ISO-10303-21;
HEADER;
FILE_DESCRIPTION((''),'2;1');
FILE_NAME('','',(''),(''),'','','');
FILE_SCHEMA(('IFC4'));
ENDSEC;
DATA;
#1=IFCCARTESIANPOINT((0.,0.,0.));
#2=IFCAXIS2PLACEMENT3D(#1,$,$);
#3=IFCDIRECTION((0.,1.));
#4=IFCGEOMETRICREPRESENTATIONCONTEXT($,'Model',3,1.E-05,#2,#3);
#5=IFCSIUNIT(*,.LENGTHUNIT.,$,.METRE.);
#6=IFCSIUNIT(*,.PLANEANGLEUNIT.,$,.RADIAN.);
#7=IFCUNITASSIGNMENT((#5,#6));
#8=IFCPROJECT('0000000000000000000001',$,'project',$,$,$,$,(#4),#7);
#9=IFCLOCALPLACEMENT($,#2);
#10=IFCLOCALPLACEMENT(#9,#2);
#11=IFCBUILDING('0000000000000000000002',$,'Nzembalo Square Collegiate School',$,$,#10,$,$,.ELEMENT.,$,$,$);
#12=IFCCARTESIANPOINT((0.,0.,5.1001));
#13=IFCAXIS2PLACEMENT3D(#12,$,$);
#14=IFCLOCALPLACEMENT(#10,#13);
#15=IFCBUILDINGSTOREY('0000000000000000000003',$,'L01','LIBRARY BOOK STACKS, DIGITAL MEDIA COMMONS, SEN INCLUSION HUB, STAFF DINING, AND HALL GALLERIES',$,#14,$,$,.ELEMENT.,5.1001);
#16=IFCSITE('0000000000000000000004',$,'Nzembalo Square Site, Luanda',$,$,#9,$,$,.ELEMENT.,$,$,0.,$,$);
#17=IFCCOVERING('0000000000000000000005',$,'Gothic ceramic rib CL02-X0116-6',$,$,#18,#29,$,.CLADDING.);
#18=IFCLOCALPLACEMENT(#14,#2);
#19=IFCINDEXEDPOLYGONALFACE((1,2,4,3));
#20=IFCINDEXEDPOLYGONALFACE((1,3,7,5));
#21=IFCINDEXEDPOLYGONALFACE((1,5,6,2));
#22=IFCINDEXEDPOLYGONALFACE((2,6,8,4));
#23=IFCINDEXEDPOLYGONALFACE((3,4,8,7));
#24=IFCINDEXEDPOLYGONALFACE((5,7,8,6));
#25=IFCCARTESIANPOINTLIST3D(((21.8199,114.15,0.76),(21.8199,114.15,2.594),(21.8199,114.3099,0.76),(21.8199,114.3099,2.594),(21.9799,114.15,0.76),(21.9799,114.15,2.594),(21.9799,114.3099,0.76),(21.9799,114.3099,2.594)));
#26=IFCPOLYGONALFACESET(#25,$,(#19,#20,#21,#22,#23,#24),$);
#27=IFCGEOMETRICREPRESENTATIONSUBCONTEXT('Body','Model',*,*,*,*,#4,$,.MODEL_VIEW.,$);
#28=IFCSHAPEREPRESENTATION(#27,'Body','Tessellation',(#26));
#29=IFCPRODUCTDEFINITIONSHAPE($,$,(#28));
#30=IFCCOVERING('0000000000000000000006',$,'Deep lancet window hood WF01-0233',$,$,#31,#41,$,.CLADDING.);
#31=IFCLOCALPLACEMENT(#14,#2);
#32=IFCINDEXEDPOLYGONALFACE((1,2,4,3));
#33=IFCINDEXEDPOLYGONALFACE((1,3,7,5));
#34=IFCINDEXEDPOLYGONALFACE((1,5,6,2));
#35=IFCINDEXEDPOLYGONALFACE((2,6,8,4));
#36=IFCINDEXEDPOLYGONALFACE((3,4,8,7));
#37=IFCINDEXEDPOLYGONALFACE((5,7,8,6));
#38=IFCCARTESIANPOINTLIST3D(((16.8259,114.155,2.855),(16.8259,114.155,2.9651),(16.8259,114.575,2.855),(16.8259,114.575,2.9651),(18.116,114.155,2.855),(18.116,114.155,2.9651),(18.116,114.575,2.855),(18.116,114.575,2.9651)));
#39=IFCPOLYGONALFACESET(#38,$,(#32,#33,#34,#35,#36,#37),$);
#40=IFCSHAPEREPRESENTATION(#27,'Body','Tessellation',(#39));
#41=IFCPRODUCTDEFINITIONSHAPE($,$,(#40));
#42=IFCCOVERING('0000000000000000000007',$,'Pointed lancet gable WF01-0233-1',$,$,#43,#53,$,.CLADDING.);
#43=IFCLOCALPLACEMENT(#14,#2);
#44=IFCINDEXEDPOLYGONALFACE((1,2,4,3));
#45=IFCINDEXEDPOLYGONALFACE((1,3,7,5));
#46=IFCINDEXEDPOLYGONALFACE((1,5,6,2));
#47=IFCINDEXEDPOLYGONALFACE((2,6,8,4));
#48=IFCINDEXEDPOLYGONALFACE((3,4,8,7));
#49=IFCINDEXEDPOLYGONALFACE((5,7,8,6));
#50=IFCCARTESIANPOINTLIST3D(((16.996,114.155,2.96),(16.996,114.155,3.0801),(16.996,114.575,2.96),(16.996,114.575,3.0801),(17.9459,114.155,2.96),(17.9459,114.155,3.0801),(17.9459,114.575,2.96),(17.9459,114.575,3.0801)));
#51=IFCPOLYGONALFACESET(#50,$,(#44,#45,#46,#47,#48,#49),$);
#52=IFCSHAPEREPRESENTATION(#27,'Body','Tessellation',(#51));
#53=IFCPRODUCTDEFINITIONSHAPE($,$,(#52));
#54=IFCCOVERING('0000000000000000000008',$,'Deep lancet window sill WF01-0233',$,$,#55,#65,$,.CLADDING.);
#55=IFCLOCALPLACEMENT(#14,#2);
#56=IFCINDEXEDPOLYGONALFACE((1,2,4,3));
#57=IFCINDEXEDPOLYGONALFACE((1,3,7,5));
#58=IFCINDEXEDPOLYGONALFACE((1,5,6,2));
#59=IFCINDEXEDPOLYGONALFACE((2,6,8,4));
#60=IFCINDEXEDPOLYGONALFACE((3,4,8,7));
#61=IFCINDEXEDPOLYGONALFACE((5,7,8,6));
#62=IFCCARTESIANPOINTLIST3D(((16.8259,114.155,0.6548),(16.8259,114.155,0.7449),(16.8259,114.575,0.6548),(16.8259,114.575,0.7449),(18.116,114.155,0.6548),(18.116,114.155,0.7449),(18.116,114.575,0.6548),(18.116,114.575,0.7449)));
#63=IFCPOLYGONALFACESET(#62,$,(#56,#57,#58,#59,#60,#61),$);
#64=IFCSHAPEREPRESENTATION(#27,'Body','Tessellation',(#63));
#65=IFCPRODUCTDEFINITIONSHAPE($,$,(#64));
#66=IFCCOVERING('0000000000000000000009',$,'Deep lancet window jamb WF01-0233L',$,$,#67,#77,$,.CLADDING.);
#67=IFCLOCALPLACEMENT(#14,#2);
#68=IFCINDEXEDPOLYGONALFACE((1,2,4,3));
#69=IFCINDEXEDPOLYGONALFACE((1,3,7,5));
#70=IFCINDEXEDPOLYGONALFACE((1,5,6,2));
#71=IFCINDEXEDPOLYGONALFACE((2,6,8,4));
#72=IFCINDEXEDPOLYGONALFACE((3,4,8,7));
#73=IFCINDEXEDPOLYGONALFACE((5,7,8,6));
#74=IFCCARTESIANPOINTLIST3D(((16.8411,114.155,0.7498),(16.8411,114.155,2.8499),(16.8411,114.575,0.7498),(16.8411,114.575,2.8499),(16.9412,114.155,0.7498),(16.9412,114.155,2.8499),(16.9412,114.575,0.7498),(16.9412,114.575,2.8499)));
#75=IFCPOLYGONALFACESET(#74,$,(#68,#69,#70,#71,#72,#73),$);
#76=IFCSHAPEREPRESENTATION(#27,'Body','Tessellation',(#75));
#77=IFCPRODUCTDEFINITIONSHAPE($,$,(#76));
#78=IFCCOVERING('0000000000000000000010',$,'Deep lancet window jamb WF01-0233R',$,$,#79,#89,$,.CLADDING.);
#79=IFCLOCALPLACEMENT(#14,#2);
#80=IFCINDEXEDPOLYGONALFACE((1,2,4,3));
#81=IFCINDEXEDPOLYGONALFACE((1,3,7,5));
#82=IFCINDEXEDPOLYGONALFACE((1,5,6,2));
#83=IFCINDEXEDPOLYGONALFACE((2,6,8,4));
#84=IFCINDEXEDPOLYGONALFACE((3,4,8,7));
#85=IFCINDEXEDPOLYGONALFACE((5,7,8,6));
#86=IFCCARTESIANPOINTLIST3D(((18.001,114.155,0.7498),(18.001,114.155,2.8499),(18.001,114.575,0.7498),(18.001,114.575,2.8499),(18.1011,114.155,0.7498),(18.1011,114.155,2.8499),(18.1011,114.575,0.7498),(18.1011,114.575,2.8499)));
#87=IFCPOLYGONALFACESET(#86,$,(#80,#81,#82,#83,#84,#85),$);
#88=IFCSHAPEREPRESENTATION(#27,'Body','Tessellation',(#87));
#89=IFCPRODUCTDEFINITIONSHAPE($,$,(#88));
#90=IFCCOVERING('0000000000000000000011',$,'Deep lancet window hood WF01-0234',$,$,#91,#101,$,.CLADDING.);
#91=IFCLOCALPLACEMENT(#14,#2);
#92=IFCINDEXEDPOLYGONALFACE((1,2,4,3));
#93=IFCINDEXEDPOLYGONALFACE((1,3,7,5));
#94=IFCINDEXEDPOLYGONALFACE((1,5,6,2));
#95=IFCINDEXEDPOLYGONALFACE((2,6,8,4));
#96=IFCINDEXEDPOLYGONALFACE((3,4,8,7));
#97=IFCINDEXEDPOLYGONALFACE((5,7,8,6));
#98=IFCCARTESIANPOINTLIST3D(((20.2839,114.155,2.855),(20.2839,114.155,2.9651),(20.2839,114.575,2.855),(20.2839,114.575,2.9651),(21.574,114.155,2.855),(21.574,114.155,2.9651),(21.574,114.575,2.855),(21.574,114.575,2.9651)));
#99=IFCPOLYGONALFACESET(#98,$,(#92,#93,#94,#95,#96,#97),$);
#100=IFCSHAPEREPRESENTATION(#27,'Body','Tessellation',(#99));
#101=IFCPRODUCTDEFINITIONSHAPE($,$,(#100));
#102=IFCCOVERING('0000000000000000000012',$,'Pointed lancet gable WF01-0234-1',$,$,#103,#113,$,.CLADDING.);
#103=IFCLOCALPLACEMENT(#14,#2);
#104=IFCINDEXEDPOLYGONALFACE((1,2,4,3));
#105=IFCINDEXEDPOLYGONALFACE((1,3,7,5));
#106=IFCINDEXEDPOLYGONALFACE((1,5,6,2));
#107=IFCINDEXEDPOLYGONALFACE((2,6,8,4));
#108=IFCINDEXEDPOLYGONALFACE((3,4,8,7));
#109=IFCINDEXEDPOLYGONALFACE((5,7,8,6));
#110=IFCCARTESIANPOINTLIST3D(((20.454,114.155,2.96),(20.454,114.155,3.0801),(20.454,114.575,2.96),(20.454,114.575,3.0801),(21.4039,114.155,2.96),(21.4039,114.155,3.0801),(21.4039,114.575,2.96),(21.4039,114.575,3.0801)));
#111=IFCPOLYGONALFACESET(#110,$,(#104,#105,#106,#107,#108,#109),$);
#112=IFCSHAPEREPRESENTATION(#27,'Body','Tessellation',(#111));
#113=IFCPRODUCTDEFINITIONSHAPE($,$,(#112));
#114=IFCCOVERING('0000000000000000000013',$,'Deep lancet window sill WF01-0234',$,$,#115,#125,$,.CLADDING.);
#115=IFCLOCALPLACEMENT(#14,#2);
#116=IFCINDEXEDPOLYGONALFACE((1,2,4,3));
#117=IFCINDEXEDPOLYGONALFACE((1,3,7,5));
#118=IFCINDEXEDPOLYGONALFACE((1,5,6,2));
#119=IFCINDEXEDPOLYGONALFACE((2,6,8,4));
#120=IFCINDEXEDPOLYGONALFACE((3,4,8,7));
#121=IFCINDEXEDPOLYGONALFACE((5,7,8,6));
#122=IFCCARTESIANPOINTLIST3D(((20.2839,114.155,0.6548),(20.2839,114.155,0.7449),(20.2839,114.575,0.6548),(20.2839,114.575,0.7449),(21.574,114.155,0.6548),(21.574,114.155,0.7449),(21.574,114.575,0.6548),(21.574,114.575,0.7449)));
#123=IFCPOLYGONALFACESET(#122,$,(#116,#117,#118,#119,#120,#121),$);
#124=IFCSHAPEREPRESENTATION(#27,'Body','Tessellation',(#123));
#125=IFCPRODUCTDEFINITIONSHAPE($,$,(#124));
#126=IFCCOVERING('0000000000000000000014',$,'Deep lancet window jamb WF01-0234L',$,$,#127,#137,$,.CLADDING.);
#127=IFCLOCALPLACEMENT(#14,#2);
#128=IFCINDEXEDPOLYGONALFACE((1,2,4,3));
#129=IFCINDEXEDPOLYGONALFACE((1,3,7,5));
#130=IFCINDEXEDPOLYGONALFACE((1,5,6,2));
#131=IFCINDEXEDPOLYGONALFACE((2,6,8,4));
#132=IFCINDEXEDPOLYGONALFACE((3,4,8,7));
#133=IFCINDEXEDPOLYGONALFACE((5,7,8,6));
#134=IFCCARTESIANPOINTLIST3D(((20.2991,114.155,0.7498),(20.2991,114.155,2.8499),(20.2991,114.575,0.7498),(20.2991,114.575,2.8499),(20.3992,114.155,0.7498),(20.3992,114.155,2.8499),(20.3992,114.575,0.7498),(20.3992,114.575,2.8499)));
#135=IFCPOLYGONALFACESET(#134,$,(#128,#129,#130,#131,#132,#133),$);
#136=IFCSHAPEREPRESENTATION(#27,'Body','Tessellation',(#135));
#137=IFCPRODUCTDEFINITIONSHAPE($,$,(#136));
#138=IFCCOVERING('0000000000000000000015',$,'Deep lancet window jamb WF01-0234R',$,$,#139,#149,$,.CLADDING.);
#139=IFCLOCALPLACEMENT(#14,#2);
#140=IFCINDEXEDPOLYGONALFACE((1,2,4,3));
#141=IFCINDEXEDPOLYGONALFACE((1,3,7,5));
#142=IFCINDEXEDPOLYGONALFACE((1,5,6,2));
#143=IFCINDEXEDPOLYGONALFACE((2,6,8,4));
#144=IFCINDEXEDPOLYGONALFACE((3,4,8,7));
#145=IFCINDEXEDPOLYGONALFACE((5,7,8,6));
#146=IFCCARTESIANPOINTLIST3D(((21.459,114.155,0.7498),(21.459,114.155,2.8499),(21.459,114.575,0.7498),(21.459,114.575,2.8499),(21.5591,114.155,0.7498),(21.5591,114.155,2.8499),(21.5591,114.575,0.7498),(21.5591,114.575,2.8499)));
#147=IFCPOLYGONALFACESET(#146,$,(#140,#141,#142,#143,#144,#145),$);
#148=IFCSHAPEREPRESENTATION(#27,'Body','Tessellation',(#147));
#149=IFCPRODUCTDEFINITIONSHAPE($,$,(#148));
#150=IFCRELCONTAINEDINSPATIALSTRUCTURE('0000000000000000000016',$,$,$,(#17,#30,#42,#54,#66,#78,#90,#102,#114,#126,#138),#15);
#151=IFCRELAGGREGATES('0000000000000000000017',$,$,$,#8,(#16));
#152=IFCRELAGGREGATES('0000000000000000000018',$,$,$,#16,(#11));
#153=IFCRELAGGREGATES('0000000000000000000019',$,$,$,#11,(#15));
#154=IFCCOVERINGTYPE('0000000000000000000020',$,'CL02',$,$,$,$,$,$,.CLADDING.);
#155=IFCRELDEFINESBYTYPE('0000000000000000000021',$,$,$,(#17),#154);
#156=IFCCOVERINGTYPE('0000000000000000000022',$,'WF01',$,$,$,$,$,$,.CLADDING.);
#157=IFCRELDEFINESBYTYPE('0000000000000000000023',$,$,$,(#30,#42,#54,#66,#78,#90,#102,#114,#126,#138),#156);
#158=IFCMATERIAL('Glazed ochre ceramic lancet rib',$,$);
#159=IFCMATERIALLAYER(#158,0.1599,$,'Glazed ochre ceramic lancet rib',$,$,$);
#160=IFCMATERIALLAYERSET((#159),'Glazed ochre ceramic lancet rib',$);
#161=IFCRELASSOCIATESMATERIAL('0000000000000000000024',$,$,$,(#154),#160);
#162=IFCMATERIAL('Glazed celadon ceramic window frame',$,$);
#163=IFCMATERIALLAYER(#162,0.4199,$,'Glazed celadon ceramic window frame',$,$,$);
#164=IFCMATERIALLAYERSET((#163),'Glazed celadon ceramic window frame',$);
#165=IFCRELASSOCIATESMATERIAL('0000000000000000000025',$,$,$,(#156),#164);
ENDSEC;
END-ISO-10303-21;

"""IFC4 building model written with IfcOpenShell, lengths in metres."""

from ifc_helpers import new_model, si_unit, direction, frame, origin, origin_2d, place, context, subcontext, project, spatial, rectangle, extrude, material, layer, layer_set, type_object, element, save


model = new_model("IFC4")

# Units and contexts
model_context = context("Model", 3, precision=1e-05, world=origin(), true_north=direction((0.0, 1.0)))
body_context = subcontext(model_context, "Body", "Model", "MODEL_VIEW")
ifc_project = project(units=[si_unit("LENGTHUNIT", "METRE"), si_unit("PLANEANGLEUNIT", "RADIAN")], contexts=[model_context])

# Site, building, storey
site_placement = place(None, origin())
site = spatial("IfcSite", under=ifc_project, at=site_placement, Name="Nzembalo Square Site, Luanda", CompositionType="ELEMENT", RefElevation=0.0)
building_placement = place(site_placement, origin())
building = spatial("IfcBuilding", under=site, at=building_placement, Name="Nzembalo Square Collegiate School", CompositionType="ELEMENT")
storey_placement = place(building_placement, frame((0.0, 0.0, 5.1001)))
storey = spatial("IfcBuildingStorey", under=building, at=storey_placement, Name="L01", Description="LIBRARY BOOK STACKS, DIGITAL MEDIA COMMONS, SEN INCLUSION HUB, STAFF DINING, AND HALL GALLERIES", CompositionType="ELEMENT", Elevation=5.1001)

# Coverings
ifc_material_1 = material(Name="Glazed ochre ceramic lancet rib")
ifc_layer_1 = layer(ifc_material_1, 0.1599, Name="Glazed ochre ceramic lancet rib")
ifc_layer_set_1 = layer_set([ifc_layer_1], Name="Glazed ochre ceramic lancet rib")
covering_type_1 = type_object("IfcCoveringType", Name="CL02", PredefinedType="CLADDING", material=ifc_layer_set_1)
for number, where, z_axis, x_axis, name in (
    (1, (21.8999, 114.23, 0.76), (0.0, 0.0, 1.0), (1.0, 0.0, 0.0), "Gothic ceramic rib CL02-X0116-6"),
):
    element("IfcCovering", number, at=place(storey_placement, frame(where, z_axis=z_axis, x_axis=x_axis)), inside=storey, type_object=covering_type_1, Name=name, PredefinedType="CLADDING", context=body_context, shape_type="SweptSolid", body=[
        extrude(rectangle(XDim=0.1599, YDim=0.1599, at=origin_2d()), origin(), (0.0, 0.0, 1.0), 1.834),
    ])
ifc_material_2 = material(Name="Glazed celadon ceramic window frame")
ifc_layer_2 = layer(ifc_material_2, 0.4199, Name="Glazed celadon ceramic window frame")
ifc_layer_set_2 = layer_set([ifc_layer_2], Name="Glazed celadon ceramic window frame")
covering_type_2 = type_object("IfcCoveringType", Name="WF01", PredefinedType="CLADDING", material=ifc_layer_set_2)
covering_1_placement = place(storey_placement, frame((17.4709, 114.365, 2.855), z_axis=(0.0, 0.0, 1.0), x_axis=(1.0, 0.0, 0.0)))
element("IfcCovering", 2, at=covering_1_placement, inside=storey, type_object=covering_type_2, Name="Deep lancet window hood WF01-0233", PredefinedType="CLADDING", context=body_context, shape_type="SweptSolid", body=[
    extrude(rectangle(XDim=1.29, YDim=0.4199, at=origin_2d()), origin(), (0.0, 0.0, 1.0), 0.1101),
])
covering_2_placement = place(storey_placement, frame((17.4709, 114.365, 2.96), z_axis=(0.0, 0.0, 1.0), x_axis=(1.0, 0.0, 0.0)))
element("IfcCovering", 3, at=covering_2_placement, inside=storey, type_object=covering_type_2, Name="Pointed lancet gable WF01-0233-1", PredefinedType="CLADDING", context=body_context, shape_type="SweptSolid", body=[
    extrude(rectangle(XDim=0.95, YDim=0.4199, at=origin_2d()), origin(), (0.0, 0.0, 1.0), 0.1201),
])
covering_3_placement = place(storey_placement, frame((17.4709, 114.365, 0.6548), z_axis=(0.0, 0.0, 1.0), x_axis=(1.0, 0.0, 0.0)))
element("IfcCovering", 4, at=covering_3_placement, inside=storey, type_object=covering_type_2, Name="Deep lancet window sill WF01-0233", PredefinedType="CLADDING", context=body_context, shape_type="SweptSolid", body=[
    extrude(rectangle(XDim=1.29, YDim=0.4199, at=origin_2d()), origin(), (0.0, 0.0, 1.0), 0.0901),
])
for number, where, z_axis, x_axis, name in (
    (5, (16.8911, 114.365, 0.7498), (0.0, 0.0, 1.0), (1.0, 0.0, 0.0), "Deep lancet window jamb WF01-0233L"),
    (6, (18.051, 114.365, 0.7498), (0.0, 0.0, 1.0), (1.0, 0.0, 0.0), "Deep lancet window jamb WF01-0233R"),
):
    element("IfcCovering", number, at=place(storey_placement, frame(where, z_axis=z_axis, x_axis=x_axis)), inside=storey, type_object=covering_type_2, Name=name, PredefinedType="CLADDING", context=body_context, shape_type="SweptSolid", body=[
        extrude(rectangle(XDim=0.1001, YDim=0.4199, at=origin_2d()), origin(), (0.0, 0.0, 1.0), 2.1001),
    ])
covering_4_placement = place(storey_placement, frame((20.929, 114.365, 2.855), z_axis=(0.0, 0.0, 1.0), x_axis=(1.0, 0.0, 0.0)))
element("IfcCovering", 7, at=covering_4_placement, inside=storey, type_object=covering_type_2, Name="Deep lancet window hood WF01-0234", PredefinedType="CLADDING", context=body_context, shape_type="SweptSolid", body=[
    extrude(rectangle(XDim=1.29, YDim=0.4199, at=origin_2d()), origin(), (0.0, 0.0, 1.0), 0.1101),
])
covering_5_placement = place(storey_placement, frame((20.929, 114.365, 2.96), z_axis=(0.0, 0.0, 1.0), x_axis=(1.0, 0.0, 0.0)))
element("IfcCovering", 8, at=covering_5_placement, inside=storey, type_object=covering_type_2, Name="Pointed lancet gable WF01-0234-1", PredefinedType="CLADDING", context=body_context, shape_type="SweptSolid", body=[
    extrude(rectangle(XDim=0.95, YDim=0.4199, at=origin_2d()), origin(), (0.0, 0.0, 1.0), 0.1201),
])
covering_6_placement = place(storey_placement, frame((20.929, 114.365, 0.6548), z_axis=(0.0, 0.0, 1.0), x_axis=(1.0, 0.0, 0.0)))
element("IfcCovering", 9, at=covering_6_placement, inside=storey, type_object=covering_type_2, Name="Deep lancet window sill WF01-0234", PredefinedType="CLADDING", context=body_context, shape_type="SweptSolid", body=[
    extrude(rectangle(XDim=1.29, YDim=0.4199, at=origin_2d()), origin(), (0.0, 0.0, 1.0), 0.0901),
])
for number, where, z_axis, x_axis, name in (
    (10, (20.3491, 114.365, 0.7498), (0.0, 0.0, 1.0), (1.0, 0.0, 0.0), "Deep lancet window jamb WF01-0234L"),
    (11, (21.509, 114.365, 0.7498), (0.0, 0.0, 1.0), (1.0, 0.0, 0.0), "Deep lancet window jamb WF01-0234R"),
):
    element("IfcCovering", number, at=place(storey_placement, frame(where, z_axis=z_axis, x_axis=x_axis)), inside=storey, type_object=covering_type_2, Name=name, PredefinedType="CLADDING", context=body_context, shape_type="SweptSolid", body=[
        extrude(rectangle(XDim=0.1001, YDim=0.4199, at=origin_2d()), origin(), (0.0, 0.0, 1.0), 2.1001),
    ])

save(model, "model.ifc")
